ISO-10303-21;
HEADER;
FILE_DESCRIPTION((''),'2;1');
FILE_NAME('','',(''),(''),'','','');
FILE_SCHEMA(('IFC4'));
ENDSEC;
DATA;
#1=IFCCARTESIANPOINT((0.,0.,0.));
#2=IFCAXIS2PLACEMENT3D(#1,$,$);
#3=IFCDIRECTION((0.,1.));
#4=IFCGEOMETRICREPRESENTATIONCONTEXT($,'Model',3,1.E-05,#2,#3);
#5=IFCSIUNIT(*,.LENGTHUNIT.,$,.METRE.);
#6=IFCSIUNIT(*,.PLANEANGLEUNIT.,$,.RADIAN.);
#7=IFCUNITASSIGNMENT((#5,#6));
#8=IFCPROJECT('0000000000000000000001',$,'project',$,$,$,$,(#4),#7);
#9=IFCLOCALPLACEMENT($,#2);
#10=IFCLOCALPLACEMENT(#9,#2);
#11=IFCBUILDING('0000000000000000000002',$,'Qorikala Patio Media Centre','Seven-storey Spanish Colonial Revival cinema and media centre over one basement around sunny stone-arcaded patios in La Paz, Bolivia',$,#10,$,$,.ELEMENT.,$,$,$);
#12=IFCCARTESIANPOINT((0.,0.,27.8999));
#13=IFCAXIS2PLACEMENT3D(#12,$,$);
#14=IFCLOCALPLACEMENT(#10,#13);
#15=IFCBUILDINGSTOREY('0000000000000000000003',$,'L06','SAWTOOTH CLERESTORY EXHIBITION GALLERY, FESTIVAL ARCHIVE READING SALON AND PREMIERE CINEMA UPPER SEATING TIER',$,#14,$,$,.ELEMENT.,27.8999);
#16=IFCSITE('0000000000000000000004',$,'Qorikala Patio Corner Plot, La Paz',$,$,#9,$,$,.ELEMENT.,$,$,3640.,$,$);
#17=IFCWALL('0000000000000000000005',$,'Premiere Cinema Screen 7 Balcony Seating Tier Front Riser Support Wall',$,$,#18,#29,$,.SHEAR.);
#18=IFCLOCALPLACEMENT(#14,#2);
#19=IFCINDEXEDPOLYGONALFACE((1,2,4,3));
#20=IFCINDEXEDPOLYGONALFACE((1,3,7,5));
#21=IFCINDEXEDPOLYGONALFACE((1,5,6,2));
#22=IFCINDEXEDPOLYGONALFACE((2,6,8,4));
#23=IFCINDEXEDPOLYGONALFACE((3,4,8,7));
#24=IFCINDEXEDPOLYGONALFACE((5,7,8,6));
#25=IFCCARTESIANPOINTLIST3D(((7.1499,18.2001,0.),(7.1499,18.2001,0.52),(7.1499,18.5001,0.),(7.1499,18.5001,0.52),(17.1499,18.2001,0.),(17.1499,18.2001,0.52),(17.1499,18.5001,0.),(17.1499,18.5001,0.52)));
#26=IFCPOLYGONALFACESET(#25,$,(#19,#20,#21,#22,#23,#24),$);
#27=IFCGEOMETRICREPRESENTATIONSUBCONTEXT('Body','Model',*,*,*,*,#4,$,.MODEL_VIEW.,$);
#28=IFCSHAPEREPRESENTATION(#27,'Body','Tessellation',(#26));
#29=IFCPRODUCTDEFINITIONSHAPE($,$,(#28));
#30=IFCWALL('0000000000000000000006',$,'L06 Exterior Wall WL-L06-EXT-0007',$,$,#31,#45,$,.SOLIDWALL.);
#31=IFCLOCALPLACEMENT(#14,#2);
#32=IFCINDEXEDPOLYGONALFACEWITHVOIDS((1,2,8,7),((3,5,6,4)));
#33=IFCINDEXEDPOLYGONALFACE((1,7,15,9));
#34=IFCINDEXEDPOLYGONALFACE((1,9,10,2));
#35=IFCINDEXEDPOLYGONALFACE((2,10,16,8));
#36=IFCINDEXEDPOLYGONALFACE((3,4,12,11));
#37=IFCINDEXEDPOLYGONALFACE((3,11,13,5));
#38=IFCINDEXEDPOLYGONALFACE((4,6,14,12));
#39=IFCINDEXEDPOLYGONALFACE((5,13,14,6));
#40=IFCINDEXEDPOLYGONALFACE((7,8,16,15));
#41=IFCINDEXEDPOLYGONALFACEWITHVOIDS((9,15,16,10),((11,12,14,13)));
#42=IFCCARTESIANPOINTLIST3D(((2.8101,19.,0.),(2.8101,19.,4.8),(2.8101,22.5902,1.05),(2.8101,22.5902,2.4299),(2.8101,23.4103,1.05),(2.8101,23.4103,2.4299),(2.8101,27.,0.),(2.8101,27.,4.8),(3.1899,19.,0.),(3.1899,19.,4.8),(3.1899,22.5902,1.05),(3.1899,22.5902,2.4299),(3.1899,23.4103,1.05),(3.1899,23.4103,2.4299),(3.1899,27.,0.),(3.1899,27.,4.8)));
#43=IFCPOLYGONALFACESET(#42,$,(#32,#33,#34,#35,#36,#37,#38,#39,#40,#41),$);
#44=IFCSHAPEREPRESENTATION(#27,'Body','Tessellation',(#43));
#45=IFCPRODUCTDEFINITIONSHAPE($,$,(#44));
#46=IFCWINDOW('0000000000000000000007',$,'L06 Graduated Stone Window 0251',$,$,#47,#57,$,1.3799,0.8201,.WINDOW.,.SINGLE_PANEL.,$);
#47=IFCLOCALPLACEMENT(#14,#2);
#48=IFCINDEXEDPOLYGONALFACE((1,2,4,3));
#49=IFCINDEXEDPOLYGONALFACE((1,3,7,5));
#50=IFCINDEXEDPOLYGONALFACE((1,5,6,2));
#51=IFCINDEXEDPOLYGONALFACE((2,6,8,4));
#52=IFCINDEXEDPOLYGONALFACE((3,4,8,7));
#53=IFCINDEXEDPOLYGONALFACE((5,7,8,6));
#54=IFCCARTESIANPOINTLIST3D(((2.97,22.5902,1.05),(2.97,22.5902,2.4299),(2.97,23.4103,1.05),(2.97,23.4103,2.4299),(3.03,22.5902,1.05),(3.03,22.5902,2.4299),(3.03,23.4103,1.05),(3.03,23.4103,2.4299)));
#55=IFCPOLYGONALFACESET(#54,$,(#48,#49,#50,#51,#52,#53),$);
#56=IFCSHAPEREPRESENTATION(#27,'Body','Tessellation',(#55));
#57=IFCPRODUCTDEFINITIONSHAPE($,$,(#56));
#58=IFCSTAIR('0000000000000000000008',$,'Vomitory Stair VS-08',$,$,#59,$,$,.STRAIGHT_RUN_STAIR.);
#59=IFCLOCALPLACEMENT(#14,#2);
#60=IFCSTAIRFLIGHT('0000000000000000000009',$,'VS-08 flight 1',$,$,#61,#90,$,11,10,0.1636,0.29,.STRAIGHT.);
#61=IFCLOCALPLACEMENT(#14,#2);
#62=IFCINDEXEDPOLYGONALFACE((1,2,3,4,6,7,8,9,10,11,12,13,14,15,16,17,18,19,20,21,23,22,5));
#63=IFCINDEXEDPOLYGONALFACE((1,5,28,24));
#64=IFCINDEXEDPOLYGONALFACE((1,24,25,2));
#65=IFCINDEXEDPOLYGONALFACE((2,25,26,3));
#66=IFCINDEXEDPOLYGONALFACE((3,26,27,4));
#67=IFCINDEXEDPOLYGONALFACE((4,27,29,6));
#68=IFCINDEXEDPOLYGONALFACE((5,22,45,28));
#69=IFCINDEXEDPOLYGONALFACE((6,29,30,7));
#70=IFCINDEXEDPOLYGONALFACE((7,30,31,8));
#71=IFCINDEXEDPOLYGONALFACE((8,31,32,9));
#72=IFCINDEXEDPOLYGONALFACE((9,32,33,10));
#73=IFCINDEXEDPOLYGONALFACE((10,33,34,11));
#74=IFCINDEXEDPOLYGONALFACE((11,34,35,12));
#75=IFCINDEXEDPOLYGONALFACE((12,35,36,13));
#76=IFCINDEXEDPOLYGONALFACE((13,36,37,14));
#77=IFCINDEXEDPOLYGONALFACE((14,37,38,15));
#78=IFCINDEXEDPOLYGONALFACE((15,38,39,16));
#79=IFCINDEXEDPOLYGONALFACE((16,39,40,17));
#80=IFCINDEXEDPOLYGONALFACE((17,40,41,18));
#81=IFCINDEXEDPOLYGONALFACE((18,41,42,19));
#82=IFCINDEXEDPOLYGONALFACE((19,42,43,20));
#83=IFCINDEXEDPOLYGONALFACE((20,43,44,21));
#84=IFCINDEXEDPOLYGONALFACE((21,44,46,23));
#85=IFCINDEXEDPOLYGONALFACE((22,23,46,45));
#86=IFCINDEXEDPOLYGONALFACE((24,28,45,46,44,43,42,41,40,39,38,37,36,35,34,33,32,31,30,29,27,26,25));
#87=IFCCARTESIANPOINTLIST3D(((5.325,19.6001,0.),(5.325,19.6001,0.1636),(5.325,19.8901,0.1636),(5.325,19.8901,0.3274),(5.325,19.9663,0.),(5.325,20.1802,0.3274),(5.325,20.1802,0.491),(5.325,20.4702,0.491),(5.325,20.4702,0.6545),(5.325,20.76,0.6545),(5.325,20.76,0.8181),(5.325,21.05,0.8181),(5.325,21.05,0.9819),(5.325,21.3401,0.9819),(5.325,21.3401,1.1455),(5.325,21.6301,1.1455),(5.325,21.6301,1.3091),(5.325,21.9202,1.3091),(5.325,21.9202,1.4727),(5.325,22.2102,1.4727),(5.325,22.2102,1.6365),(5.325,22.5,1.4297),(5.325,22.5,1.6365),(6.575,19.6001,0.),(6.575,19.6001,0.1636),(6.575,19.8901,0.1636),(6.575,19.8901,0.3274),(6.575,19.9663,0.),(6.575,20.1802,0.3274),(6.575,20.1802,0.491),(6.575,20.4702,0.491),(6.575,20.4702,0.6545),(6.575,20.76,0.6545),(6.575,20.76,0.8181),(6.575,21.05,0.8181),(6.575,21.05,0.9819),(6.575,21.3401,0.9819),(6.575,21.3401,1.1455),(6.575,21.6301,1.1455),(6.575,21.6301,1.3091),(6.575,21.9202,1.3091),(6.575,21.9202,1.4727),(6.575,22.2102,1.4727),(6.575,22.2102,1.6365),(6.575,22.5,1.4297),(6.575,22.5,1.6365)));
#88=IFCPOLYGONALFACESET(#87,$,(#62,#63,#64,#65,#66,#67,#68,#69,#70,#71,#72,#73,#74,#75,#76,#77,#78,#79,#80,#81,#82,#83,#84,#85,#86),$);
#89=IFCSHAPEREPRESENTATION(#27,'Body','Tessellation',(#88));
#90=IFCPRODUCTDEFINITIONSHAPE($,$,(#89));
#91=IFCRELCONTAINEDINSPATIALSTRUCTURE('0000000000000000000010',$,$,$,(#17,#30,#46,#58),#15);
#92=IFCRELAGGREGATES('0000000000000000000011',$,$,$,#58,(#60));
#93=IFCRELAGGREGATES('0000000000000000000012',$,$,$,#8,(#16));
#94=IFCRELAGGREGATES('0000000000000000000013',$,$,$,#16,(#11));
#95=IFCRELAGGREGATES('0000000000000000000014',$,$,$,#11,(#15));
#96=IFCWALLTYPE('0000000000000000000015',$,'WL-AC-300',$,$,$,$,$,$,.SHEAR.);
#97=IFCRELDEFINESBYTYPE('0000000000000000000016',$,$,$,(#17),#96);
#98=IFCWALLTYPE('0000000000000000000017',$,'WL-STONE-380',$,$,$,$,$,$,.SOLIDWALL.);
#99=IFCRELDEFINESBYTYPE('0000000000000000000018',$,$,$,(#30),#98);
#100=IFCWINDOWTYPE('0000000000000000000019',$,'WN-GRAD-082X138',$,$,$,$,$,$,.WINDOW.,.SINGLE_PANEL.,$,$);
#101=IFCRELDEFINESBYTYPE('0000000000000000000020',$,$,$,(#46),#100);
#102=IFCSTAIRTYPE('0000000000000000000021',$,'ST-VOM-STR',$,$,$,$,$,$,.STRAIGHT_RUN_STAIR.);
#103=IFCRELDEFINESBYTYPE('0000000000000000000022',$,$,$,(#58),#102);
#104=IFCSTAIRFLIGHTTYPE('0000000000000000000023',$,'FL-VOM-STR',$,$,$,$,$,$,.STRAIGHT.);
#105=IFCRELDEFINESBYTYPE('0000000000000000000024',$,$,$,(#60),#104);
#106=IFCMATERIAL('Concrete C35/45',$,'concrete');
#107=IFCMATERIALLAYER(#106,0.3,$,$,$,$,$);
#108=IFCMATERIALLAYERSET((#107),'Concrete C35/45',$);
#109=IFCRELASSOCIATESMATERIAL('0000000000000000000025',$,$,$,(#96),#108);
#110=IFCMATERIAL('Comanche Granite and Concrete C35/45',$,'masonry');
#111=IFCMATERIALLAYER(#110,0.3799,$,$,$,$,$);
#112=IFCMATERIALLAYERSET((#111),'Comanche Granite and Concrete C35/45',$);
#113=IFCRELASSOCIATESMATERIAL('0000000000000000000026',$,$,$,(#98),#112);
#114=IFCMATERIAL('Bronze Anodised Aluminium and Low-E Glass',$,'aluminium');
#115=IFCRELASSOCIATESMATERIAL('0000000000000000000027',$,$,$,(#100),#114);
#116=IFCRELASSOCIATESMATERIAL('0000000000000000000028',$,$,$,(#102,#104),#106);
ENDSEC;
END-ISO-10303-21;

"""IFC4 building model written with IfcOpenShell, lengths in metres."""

from ifc_helpers import new_model, si_unit, direction, frame, frame_2d, origin, place, context, subcontext, project, spatial, polyline, rectangle, outline, extrude, material, layer, layer_set, type_object, element, fill, aggregate, save


model = new_model("IFC4")

# Units and contexts
model_context = context("Model", 3, precision=1e-05, world=origin(), true_north=direction((0.0, 1.0)))
body_context = subcontext(model_context, "Body", "Model", "MODEL_VIEW")
ifc_project = project(units=[si_unit("LENGTHUNIT", "METRE"), si_unit("PLANEANGLEUNIT", "RADIAN")], contexts=[model_context])

# Site, building, storey
site_placement = place(None, origin())
site = spatial("IfcSite", under=ifc_project, at=site_placement, Name="Qorikala Patio Corner Plot, La Paz", CompositionType="ELEMENT", RefElevation=3640.0)
building_placement = place(site_placement, origin())
building = spatial("IfcBuilding", under=site, at=building_placement, Name="Qorikala Patio Media Centre", Description="Seven-storey Spanish Colonial Revival cinema and media centre over one basement around sunny stone-arcaded patios in La Paz, Bolivia", CompositionType="ELEMENT")
storey_placement = place(building_placement, frame((0.0, 0.0, 27.8999)))
storey = spatial("IfcBuildingStorey", under=building, at=storey_placement, Name="L06", Description="SAWTOOTH CLERESTORY EXHIBITION GALLERY, FESTIVAL ARCHIVE READING SALON AND PREMIERE CINEMA UPPER SEATING TIER", CompositionType="ELEMENT", Elevation=27.8999)

# Shared definitions
ifc_material_1 = material(Name="Concrete C35/45", Category="concrete")

# Wall
ifc_layer_1 = layer(ifc_material_1, 0.3)
ifc_layer_set_1 = layer_set([ifc_layer_1], Name="Concrete C35/45")
wall_type_1 = type_object("IfcWallType", Name="WL-AC-300", PredefinedType="SHEAR", material=ifc_layer_set_1)
wall_1_placement = place(storey_placement, frame((7.1499, 18.3501, 0.0), z_axis=(0.0, 0.0, 1.0), x_axis=(1.0, 0.0, 0.0)))
element("IfcWall", 1, at=wall_1_placement, inside=storey, type_object=wall_type_1, Name="Premiere Cinema Screen 7 Balcony Seating Tier Front Riser Support Wall", PredefinedType="SHEAR", context=body_context, shape_type="SweptSolid", body=[
    extrude(rectangle(XDim=10.0, YDim=0.3, at=frame_2d((5.0, 0.0))), origin(), (0.0, 0.0, 1.0), 0.52),
])

# Wall, opening, window
ifc_material_2 = material(Name="Comanche Granite and Concrete C35/45", Category="masonry")
ifc_layer_2 = layer(ifc_material_2, 0.3799)
ifc_layer_set_2 = layer_set([ifc_layer_2], Name="Comanche Granite and Concrete C35/45")
wall_type_2 = type_object("IfcWallType", Name="WL-STONE-380", PredefinedType="SOLIDWALL", material=ifc_layer_set_2)
wall_2_placement = place(storey_placement, frame((3.0, 19.0, 0.0), z_axis=(0.0, 0.0, 1.0), x_axis=(0.0, 1.0, 0.0)))
wall_2 = element("IfcWall", 2, at=wall_2_placement, inside=storey, type_object=wall_type_2, Name="L06 Exterior Wall WL-L06-EXT-0007", PredefinedType="SOLIDWALL", context=body_context, shape_type="SweptSolid", body=[
    extrude(rectangle(XDim=8.0, YDim=0.3799, at=frame_2d((4.0, 0.0))), origin(), (0.0, 0.0, 1.0), 4.8),
])
opening_placement = place(wall_2_placement, frame((3.5901, 0.0, 1.05)))
opening = element("IfcOpeningElement", 3, at=opening_placement, cuts=wall_2, PredefinedType="OPENING", context=body_context, shape_type="SweptSolid", body=[
    extrude(rectangle(XDim=0.8201, YDim=1.3799, at=frame_2d((0.4102, 0.6899))), frame((0.0, 0.2, 0.0), z_axis=(0.0, -1.0, 0.0), x_axis=(1.0, 0.0, 0.0)), (0.0, 0.0, 1.0), 0.3999),
])
ifc_material_3 = material(Name="Bronze Anodised Aluminium and Low-E Glass", Category="aluminium")
window_type = type_object("IfcWindowType", Name="WN-GRAD-082X138", PartitioningType="SINGLE_PANEL", PredefinedType="WINDOW", material=ifc_material_3)
window_placement = place(opening_placement, origin())
window = element("IfcWindow", 4, at=window_placement, inside=storey, type_object=window_type, Name="L06 Graduated Stone Window 0251", OverallHeight=1.3799, OverallWidth=0.8201, PartitioningType="SINGLE_PANEL", PredefinedType="WINDOW", context=body_context, shape_type="SweptSolid", body=[
    extrude(rectangle(XDim=0.8201, YDim=1.3799, at=frame_2d((0.4102, 0.6899))), frame((0.0, 0.03, 0.0), z_axis=(0.0, -1.0, 0.0), x_axis=(1.0, 0.0, 0.0)), (0.0, 0.0, 1.0), 0.0601),
])
fill(opening, window)

# Stair, stair flight
stair_type = type_object("IfcStairType", Name="ST-VOM-STR", PredefinedType="STRAIGHT_RUN_STAIR", material=ifc_material_1)
stair_placement = place(storey_placement, origin())
stair = element("IfcStair", 5, at=stair_placement, inside=storey, type_object=stair_type, Name="Vomitory Stair VS-08", PredefinedType="STRAIGHT_RUN_STAIR")
stair_flight_type = type_object("IfcStairFlightType", Name="FL-VOM-STR", PredefinedType="STRAIGHT", material=ifc_material_1)
stair_flight_placement = place(storey_placement, frame((5.95, 19.6001, 0.0), z_axis=(0.0, 0.0, 1.0), x_axis=(0.0, 1.0, 0.0)))
stair_flight = element("IfcStairFlight", 6, at=stair_flight_placement, type_object=stair_flight_type, Name="VS-08 flight 1", NumberOfRisers=11, NumberOfTreads=10, PredefinedType="STRAIGHT", RiserHeight=0.1636, TreadLength=0.29, context=body_context, shape_type="SweptSolid", body=[
    extrude(outline(polyline([(0.0, 0.0), (0.0, 0.1636), (0.29, 0.1636), (0.29, 0.3274), (0.5801, 0.3274), (0.5801, 0.491), (0.8701, 0.491), (0.8701, 0.6545), (1.1599, 0.6545), (1.1599, 0.8181), (1.45, 0.8181), (1.45, 0.9819), (1.74, 0.9819), (1.74, 1.1455), (2.03, 1.1455), (2.03, 1.3091), (2.3201, 1.3091), (2.3201, 1.4727), (2.6101, 1.4727), (2.6101, 1.6365), (2.8999, 1.6365), (2.8999, 1.8), (2.8999, 1.4297), (0.3662, 0.0), (0.0, 0.0)])), frame((0.0, 0.625, 0.0), z_axis=(0.0, -1.0, 0.0), x_axis=(1.0, 0.0, 0.0)), (0.0, 0.0, 1.0), 1.25),
])
aggregate(stair, [stair_flight])

save(model, "model.ifc")
